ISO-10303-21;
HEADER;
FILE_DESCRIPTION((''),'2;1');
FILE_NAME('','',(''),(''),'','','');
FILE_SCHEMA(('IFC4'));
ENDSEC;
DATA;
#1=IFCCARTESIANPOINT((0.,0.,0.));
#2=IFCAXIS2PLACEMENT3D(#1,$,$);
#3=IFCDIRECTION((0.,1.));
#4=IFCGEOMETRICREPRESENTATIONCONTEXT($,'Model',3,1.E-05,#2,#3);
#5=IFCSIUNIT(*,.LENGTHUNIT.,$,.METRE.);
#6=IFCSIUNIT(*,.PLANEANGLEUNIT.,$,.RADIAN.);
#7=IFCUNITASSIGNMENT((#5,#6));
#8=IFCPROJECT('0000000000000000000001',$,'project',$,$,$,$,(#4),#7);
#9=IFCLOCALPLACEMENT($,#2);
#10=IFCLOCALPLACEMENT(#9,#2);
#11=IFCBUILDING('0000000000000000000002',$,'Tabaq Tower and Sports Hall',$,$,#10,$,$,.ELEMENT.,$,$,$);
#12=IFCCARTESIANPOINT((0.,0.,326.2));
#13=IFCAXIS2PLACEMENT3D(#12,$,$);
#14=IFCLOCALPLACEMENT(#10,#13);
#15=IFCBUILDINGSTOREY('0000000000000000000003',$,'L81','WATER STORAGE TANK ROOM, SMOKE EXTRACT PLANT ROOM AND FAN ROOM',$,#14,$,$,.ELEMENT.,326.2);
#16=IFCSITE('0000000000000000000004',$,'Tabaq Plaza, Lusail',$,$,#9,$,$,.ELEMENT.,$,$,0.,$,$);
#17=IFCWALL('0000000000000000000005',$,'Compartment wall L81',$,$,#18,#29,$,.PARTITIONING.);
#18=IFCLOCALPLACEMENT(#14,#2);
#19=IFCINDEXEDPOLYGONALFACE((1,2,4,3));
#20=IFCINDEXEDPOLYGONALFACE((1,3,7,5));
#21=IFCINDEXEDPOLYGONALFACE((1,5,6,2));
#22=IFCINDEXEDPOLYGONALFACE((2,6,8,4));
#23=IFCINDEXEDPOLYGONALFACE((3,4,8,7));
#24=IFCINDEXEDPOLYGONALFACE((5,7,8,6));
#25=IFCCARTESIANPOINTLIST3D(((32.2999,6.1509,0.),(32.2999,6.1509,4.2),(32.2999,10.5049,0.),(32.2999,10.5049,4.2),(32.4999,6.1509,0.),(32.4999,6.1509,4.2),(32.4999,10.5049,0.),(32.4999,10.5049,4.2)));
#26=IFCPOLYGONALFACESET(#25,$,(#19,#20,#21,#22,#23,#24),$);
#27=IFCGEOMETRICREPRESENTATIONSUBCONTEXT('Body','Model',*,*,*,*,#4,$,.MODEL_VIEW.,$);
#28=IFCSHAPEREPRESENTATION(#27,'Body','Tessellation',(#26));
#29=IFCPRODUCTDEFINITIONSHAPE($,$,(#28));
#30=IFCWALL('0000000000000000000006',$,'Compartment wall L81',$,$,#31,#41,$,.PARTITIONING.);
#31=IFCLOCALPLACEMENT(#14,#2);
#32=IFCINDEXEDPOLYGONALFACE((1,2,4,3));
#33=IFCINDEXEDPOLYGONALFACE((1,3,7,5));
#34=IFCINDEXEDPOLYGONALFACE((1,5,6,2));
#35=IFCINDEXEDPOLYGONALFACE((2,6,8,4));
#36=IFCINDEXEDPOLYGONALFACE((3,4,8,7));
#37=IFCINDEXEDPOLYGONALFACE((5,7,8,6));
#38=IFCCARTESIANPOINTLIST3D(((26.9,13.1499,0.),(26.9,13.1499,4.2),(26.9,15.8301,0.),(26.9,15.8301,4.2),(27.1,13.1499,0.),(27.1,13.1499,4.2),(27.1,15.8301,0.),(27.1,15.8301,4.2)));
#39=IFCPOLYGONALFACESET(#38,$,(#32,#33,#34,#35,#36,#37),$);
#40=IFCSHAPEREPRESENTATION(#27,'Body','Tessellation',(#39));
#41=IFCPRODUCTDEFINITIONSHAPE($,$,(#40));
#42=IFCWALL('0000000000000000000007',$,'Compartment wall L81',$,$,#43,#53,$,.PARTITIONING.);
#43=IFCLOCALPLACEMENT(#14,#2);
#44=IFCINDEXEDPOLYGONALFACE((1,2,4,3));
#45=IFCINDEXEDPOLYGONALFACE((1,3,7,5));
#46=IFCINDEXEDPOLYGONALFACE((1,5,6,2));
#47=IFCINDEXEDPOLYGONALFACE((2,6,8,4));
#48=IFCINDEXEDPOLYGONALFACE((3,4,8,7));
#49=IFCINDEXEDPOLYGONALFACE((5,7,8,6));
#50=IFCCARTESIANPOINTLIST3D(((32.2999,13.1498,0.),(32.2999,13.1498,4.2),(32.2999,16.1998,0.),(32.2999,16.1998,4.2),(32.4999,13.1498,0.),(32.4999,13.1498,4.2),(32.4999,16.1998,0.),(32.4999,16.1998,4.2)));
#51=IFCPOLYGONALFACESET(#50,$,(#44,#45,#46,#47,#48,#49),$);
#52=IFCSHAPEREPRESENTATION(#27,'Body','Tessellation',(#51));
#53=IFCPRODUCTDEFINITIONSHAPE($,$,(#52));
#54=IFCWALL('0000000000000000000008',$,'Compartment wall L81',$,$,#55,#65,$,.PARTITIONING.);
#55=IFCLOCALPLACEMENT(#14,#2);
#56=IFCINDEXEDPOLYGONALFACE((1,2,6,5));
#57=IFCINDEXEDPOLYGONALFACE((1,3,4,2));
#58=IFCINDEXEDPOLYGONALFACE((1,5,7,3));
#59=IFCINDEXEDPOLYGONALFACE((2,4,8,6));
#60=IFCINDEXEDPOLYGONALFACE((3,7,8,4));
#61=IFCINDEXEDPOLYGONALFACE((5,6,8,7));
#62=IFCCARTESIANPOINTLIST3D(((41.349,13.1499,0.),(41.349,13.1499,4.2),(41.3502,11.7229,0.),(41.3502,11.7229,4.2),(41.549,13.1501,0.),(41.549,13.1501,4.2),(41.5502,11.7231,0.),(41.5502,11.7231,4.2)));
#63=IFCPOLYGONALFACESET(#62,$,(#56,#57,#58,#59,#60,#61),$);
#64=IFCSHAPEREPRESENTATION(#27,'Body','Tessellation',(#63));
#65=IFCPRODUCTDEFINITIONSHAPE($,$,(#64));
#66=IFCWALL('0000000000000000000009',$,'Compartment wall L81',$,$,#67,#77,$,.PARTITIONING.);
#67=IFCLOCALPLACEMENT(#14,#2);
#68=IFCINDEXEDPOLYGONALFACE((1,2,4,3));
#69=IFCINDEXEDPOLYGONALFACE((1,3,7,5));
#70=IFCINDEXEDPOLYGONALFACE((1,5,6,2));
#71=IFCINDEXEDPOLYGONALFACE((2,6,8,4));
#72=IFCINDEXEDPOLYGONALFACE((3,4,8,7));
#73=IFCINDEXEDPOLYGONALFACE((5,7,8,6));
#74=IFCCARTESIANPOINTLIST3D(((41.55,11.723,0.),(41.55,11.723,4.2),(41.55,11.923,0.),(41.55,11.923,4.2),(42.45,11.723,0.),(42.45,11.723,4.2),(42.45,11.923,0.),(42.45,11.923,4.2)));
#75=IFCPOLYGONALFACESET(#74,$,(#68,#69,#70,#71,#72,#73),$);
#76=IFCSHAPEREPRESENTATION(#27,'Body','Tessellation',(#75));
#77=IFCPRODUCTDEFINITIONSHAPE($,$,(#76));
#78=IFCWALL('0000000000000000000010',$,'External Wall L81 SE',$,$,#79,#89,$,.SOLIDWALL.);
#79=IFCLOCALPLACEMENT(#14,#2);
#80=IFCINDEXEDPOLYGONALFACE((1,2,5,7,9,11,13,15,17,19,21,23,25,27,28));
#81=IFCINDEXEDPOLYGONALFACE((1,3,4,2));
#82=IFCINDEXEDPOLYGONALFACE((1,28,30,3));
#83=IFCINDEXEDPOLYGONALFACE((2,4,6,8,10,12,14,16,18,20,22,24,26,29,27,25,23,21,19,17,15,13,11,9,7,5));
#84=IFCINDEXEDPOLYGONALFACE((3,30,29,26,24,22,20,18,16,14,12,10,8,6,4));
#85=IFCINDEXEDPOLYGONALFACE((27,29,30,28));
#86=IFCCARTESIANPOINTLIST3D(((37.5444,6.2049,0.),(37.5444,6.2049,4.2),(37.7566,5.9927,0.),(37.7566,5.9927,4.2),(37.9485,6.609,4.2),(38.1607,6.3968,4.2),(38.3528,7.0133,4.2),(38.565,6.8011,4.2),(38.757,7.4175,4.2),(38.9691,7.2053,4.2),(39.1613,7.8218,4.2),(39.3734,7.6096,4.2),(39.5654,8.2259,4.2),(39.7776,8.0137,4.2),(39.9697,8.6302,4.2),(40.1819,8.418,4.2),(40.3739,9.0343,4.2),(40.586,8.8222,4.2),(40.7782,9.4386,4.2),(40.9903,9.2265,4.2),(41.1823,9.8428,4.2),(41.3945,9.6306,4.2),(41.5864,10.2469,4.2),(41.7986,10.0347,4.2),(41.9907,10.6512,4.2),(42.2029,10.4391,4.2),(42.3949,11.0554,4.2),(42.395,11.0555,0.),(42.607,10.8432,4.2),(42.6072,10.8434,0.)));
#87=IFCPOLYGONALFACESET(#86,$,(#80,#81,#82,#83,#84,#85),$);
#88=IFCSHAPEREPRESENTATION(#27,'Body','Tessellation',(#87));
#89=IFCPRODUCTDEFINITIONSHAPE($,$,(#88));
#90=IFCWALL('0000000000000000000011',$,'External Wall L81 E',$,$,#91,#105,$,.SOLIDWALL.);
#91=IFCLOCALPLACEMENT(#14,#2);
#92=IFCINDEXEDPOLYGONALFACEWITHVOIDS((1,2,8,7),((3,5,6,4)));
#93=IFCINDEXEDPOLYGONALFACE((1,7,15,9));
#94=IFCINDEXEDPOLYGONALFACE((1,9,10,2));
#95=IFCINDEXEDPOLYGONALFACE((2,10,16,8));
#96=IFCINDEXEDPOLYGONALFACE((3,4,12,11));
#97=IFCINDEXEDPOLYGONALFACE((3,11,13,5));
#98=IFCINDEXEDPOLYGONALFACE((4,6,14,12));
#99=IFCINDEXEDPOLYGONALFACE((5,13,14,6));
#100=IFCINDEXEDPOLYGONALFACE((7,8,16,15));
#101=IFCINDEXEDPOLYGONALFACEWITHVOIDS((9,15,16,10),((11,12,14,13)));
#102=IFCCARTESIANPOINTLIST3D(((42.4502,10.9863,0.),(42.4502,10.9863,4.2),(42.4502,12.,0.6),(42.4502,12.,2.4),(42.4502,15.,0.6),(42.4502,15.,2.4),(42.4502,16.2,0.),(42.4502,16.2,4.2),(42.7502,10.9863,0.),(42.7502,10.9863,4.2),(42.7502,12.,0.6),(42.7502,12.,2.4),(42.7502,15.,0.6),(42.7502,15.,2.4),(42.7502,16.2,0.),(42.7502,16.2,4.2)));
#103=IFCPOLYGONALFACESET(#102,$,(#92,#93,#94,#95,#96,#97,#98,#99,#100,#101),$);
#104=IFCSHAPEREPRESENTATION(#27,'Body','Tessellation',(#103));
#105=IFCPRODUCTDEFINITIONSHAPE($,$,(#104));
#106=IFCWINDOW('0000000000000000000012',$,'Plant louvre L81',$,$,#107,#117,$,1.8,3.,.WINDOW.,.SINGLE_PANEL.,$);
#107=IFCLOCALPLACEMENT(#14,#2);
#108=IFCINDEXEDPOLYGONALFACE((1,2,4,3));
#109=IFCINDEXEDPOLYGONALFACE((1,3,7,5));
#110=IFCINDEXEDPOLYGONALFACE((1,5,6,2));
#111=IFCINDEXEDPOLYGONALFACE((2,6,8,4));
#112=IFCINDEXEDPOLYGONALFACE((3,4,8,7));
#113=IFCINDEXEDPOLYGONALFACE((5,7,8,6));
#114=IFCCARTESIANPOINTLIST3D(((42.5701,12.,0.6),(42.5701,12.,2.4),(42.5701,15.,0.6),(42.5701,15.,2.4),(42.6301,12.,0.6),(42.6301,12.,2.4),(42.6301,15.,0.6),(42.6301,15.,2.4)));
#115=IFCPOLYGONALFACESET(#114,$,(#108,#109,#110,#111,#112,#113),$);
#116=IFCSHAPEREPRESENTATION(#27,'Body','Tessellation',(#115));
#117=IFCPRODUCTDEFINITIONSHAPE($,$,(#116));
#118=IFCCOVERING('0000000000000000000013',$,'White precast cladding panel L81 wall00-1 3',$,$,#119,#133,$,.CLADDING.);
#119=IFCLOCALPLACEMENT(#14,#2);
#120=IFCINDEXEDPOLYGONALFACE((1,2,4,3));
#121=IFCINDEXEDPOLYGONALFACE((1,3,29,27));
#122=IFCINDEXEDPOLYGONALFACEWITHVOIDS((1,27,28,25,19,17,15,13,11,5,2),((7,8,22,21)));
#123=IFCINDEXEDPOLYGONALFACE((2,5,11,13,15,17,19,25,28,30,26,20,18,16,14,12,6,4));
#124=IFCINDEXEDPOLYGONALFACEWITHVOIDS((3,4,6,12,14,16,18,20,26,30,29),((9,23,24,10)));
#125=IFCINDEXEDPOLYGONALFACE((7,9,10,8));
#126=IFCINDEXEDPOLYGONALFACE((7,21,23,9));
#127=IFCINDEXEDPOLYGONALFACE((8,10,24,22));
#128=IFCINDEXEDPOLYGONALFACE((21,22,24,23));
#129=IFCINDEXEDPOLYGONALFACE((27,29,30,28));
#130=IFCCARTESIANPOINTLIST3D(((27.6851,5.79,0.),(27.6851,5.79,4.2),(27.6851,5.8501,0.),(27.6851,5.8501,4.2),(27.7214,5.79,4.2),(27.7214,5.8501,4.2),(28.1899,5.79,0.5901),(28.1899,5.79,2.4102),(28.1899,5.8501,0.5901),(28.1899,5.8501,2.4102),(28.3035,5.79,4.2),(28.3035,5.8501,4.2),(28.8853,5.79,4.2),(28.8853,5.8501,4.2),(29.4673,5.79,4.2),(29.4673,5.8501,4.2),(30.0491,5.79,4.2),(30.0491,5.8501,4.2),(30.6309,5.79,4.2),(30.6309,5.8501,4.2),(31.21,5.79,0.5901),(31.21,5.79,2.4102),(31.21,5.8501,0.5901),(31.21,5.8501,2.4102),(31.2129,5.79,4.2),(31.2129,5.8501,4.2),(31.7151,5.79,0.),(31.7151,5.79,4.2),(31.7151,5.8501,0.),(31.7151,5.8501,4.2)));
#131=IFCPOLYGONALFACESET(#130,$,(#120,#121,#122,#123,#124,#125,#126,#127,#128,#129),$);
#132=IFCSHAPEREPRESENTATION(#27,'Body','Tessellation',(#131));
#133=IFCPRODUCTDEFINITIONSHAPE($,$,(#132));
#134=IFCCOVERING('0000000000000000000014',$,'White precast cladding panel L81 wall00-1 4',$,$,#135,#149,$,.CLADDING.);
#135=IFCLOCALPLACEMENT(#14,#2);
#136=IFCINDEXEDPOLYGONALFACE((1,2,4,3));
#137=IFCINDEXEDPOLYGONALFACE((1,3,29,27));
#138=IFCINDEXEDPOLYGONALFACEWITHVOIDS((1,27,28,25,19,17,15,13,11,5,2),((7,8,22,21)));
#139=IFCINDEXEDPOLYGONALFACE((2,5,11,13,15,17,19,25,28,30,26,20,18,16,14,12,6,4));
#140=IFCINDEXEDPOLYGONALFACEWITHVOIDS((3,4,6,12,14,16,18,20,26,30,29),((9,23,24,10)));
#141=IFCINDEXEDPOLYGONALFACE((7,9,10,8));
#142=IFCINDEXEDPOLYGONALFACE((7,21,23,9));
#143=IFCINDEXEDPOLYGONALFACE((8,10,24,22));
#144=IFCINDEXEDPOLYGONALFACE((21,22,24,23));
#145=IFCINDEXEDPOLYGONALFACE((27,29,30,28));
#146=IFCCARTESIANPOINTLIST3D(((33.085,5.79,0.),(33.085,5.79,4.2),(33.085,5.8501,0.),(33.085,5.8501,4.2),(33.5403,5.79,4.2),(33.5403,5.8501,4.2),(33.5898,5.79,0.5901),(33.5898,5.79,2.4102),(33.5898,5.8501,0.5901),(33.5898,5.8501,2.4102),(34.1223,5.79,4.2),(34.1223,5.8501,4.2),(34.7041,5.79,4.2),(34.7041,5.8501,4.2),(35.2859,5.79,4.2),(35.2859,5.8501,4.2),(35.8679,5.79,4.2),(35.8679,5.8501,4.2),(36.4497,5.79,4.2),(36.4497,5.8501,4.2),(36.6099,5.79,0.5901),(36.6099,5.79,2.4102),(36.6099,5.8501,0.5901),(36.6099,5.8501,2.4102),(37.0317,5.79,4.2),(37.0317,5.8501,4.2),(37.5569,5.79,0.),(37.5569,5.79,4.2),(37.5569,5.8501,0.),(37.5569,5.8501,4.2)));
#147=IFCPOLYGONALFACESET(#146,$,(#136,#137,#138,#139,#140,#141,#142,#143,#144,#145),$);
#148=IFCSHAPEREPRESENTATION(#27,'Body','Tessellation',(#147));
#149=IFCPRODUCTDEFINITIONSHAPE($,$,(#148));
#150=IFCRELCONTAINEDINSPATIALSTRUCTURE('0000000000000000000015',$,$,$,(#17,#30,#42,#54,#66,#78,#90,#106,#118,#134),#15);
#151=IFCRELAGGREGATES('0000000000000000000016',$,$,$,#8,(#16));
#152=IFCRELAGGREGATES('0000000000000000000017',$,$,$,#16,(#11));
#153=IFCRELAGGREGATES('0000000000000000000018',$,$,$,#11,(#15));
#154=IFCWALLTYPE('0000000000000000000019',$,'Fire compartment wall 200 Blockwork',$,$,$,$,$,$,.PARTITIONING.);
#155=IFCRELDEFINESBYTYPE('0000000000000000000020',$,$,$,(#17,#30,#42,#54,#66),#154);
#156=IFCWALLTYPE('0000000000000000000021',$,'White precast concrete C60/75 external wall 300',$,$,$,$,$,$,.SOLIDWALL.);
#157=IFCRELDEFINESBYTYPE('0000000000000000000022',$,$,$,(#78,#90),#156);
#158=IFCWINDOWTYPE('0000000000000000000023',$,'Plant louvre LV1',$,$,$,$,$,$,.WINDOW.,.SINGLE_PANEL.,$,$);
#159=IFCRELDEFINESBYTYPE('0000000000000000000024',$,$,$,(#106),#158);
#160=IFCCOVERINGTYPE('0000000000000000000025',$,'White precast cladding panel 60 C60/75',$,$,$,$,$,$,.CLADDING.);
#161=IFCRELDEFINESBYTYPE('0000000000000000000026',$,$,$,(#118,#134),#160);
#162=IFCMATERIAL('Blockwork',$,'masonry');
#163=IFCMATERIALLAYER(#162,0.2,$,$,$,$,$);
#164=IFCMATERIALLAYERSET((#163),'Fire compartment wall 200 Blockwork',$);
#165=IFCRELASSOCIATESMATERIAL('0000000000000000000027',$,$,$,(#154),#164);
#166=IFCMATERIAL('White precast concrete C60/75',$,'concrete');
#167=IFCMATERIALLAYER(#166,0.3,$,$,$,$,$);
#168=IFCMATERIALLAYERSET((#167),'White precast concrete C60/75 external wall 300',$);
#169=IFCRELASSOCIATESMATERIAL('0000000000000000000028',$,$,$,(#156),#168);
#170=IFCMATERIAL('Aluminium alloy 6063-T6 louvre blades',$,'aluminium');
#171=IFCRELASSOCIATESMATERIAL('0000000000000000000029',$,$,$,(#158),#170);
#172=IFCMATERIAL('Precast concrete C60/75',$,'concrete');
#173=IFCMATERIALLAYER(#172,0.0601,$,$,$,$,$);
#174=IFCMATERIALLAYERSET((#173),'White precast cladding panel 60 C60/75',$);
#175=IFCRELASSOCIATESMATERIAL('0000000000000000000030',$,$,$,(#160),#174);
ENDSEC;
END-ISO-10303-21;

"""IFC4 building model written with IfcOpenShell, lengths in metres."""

from ifc_helpers import new_model, si_unit, direction, frame, frame_2d, origin, place, context, subcontext, project, spatial, polyline, rectangle, outline, extrude, material, layer, layer_set, type_object, element, fill, save


model = new_model("IFC4")

# Units and contexts
model_context = context("Model", 3, precision=1e-05, world=origin(), true_north=direction((0.0, 1.0)))
body_context = subcontext(model_context, "Body", "Model", "MODEL_VIEW")
ifc_project = project(units=[si_unit("LENGTHUNIT", "METRE"), si_unit("PLANEANGLEUNIT", "RADIAN")], contexts=[model_context])

# Site, building, storey
site_placement = place(None, origin())
site = spatial("IfcSite", under=ifc_project, at=site_placement, Name="Tabaq Plaza, Lusail", CompositionType="ELEMENT", RefElevation=0.0)
building_placement = place(site_placement, origin())
building = spatial("IfcBuilding", under=site, at=building_placement, Name="Tabaq Tower and Sports Hall", CompositionType="ELEMENT")
storey_placement = place(building_placement, frame((0.0, 0.0, 326.2)))
storey = spatial("IfcBuildingStorey", under=building, at=storey_placement, Name="L81", Description="WATER STORAGE TANK ROOM, SMOKE EXTRACT PLANT ROOM AND FAN ROOM", CompositionType="ELEMENT", Elevation=326.2)

# Wall
ifc_material_1 = material(Name="Blockwork", Category="masonry")
ifc_layer_1 = layer(ifc_material_1, 0.2)
ifc_layer_set_1 = layer_set([ifc_layer_1], Name="Fire compartment wall 200 Blockwork")
wall_type_1 = type_object("IfcWallType", Name="Fire compartment wall 200 Blockwork", PredefinedType="PARTITIONING", material=ifc_layer_set_1)
wall_1_placement = place(storey_placement, frame((32.3999, 10.5049, 0.0), z_axis=(0.0, 0.0, 1.0), x_axis=(0.0, -1.0, 0.0)))
element("IfcWall", 1, at=wall_1_placement, inside=storey, type_object=wall_type_1, Name="Compartment wall L81", PredefinedType="PARTITIONING", context=body_context, shape_type="SweptSolid", body=[
    extrude(rectangle(XDim=4.354, YDim=0.2, at=frame_2d((2.177, 0.0))), origin(), (0.0, 0.0, 1.0), 4.2),
])

# Walls
wall_2_placement = place(storey_placement, frame((27.0, 15.8301, 0.0), z_axis=(0.0, 0.0, 1.0), x_axis=(0.0, -1.0, 0.0)))
element("IfcWall", 2, at=wall_2_placement, inside=storey, type_object=wall_type_1, Name="Compartment wall L81", PredefinedType="PARTITIONING", context=body_context, shape_type="SweptSolid", body=[
    extrude(rectangle(XDim=2.6802, YDim=0.2, at=frame_2d((1.3401, 0.0))), origin(), (0.0, 0.0, 1.0), 4.2),
])
wall_3_placement = place(storey_placement, frame((32.3999, 13.1499, 0.0), z_axis=(0.0, 0.0, 1.0), x_axis=(0.0, 1.0, 0.0)))
element("IfcWall", 3, at=wall_3_placement, inside=storey, type_object=wall_type_1, Name="Compartment wall L81", PredefinedType="PARTITIONING", context=body_context, shape_type="SweptSolid", body=[
    extrude(rectangle(XDim=3.05, YDim=0.2, at=frame_2d((1.5249, 0.0))), origin(), (0.0, 0.0, 1.0), 4.2),
])
wall_4_placement = place(storey_placement, frame((41.449, 13.1499, 0.0), z_axis=(0.0, 0.0, 1.0), x_axis=(0.000855, -1.0, 0.0)))
element("IfcWall", 4, at=wall_4_placement, inside=storey, type_object=wall_type_1, Name="Compartment wall L81", PredefinedType="PARTITIONING", context=body_context, shape_type="SweptSolid", body=[
    extrude(rectangle(XDim=1.427, YDim=0.2, at=frame_2d((0.7134, 0.0))), origin(), (0.0, 0.0, 1.0), 4.2),
])
wall_5_placement = place(storey_placement, frame((41.55, 11.823, 0.0), z_axis=(0.0, 0.0, 1.0), x_axis=(1.0, 0.0, 0.0)))
element("IfcWall", 5, at=wall_5_placement, inside=storey, type_object=wall_type_1, Name="Compartment wall L81", PredefinedType="PARTITIONING", context=body_context, shape_type="SweptSolid", body=[
    extrude(rectangle(XDim=0.8999, YDim=0.2, at=frame_2d((0.45, 0.0))), origin(), (0.0, 0.0, 1.0), 4.2),
])
ifc_material_2 = material(Name="White precast concrete C60/75", Category="concrete")
ifc_layer_2 = layer(ifc_material_2, 0.3)
ifc_layer_set_2 = layer_set([ifc_layer_2], Name="White precast concrete C60/75 external wall 300")
wall_type_2 = type_object("IfcWallType", Name="White precast concrete C60/75 external wall 300", PredefinedType="SOLIDWALL", material=ifc_layer_set_2)
wall_6_placement = place(storey_placement, frame((37.6504, 6.0989, 0.0), z_axis=(0.0, 0.0, 1.0), x_axis=(0.707107, 0.707107, 0.0)))
element("IfcWall", 6, at=wall_6_placement, inside=storey, type_object=wall_type_2, Name="External Wall L81 SE", PredefinedType="SOLIDWALL", context=body_context, shape_type="SweptSolid", body=[
    extrude(outline(polyline([(0.0, 0.0), (6.8599, 0.0), (6.8596, 4.2), (6.2881, 4.2), (5.7163, 4.2), (5.1448, 4.2), (4.5732, 4.2), (4.0015, 4.2), (3.4299, 4.2), (2.8582, 4.2), (2.2866, 4.2), (1.7148, 4.2), (1.1433, 4.2), (0.5715, 4.2), (0.0, 4.2), (0.0, 0.0)])), frame((0.0, 0.1499, 0.0), z_axis=(0.0, -1.0, 0.0), x_axis=(1.0, 0.0, 0.0)), (0.0, 0.0, 1.0), 0.3),
])

# Wall, opening, window
wall_7_placement = place(storey_placement, frame((42.6001, 10.9863, 0.0), z_axis=(0.0, 0.0, 1.0), x_axis=(0.0, 1.0, 0.0)))
wall_7 = element("IfcWall", 7, at=wall_7_placement, inside=storey, type_object=wall_type_2, Name="External Wall L81 E", PredefinedType="SOLIDWALL", context=body_context, shape_type="SweptSolid", body=[
    extrude(outline(polyline([(0.0, 0.0), (5.2136, 0.0), (5.2136, 4.2), (4.6343, 4.2), (4.0549, 4.2), (3.4758, 4.2), (2.8965, 4.2), (2.3171, 4.2), (1.7378, 4.2), (1.1587, 4.2), (0.5793, 4.2), (0.0, 4.2), (0.0, 0.0)])), frame((0.0, 0.1499, 0.0), z_axis=(0.0, -1.0, 0.0), x_axis=(1.0, 0.0, 0.0)), (0.0, 0.0, 1.0), 0.3),
])
opening_1_placement = place(wall_7_placement, frame((1.0137, 0.0, 0.6001)))
opening_1 = element("IfcOpeningElement", 8, at=opening_1_placement, cuts=wall_7, PredefinedType="OPENING", context=body_context, shape_type="SweptSolid", body=[
    extrude(rectangle(XDim=3.0, YDim=1.8, at=frame_2d((1.5, 0.8999))), frame((0.0, 0.1602, 0.0), z_axis=(0.0, -1.0, 0.0), x_axis=(1.0, 0.0, 0.0)), (0.0, 0.0, 1.0), 0.3201),
])
ifc_material_3 = material(Name="Aluminium alloy 6063-T6 louvre blades", Category="aluminium")
window_type = type_object("IfcWindowType", Name="Plant louvre LV1", PartitioningType="SINGLE_PANEL", PredefinedType="WINDOW", material=ifc_material_3)
window_placement = place(opening_1_placement, origin())
window = element("IfcWindow", 9, at=window_placement, inside=storey, type_object=window_type, Name="Plant louvre L81", OverallHeight=1.8, OverallWidth=3.0, PartitioningType="SINGLE_PANEL", PredefinedType="WINDOW", context=body_context, shape_type="SweptSolid", body=[
    extrude(rectangle(XDim=3.0, YDim=1.8, at=frame_2d((1.5, 0.8999))), frame((0.0, 0.03, 0.0), z_axis=(0.0, -1.0, 0.0), x_axis=(1.0, 0.0, 0.0)), (0.0, 0.0, 1.0), 0.0601),
])
fill(opening_1, window)

# Coverings
ifc_material_4 = material(Name="Precast concrete C60/75", Category="concrete")
ifc_layer_3 = layer(ifc_material_4, 0.0601)
ifc_layer_set_3 = layer_set([ifc_layer_3], Name="White precast cladding panel 60 C60/75")
covering_type = type_object("IfcCoveringType", Name="White precast cladding panel 60 C60/75", PredefinedType="CLADDING", material=ifc_layer_set_3)
covering_1_placement = place(storey_placement, frame((27.6851, 5.8201, 0.0), z_axis=(0.0, 0.0, 1.0), x_axis=(1.0, 0.0, 0.0)))
element("IfcCovering", 10, at=covering_1_placement, inside=storey, type_object=covering_type, Name="White precast cladding panel L81 wall00-1 3", PredefinedType="CLADDING", context=body_context, shape_type="SweptSolid", body=[
    extrude(outline(polyline([(0.0, 0.0), (4.03, 0.0), (4.03, 4.2), (3.5278, 4.2), (2.9458, 4.2), (2.364, 4.2), (1.7822, 4.2), (1.2002, 4.2), (0.6184, 4.2), (0.0364, 4.2), (0.0, 4.2), (0.0, 0.0)]), holes=[polyline([(0.5049, 0.5901), (0.5049, 2.4102), (3.5249, 2.4102), (3.5249, 0.5901), (0.5049, 0.5901)])]), frame((0.0, 0.03, 0.0), z_axis=(0.0, -1.0, 0.0), x_axis=(1.0, 0.0, 0.0)), (0.0, 0.0, 1.0), 0.0601),
])
covering_2_placement = place(storey_placement, frame((33.085, 5.8201, 0.0), z_axis=(0.0, 0.0, 1.0), x_axis=(1.0, 0.0, 0.0)))
element("IfcCovering", 11, at=covering_2_placement, inside=storey, type_object=covering_type, Name="White precast cladding panel L81 wall00-1 4", PredefinedType="CLADDING", context=body_context, shape_type="SweptSolid", body=[
    extrude(outline(polyline([(0.0, 0.0), (4.4719, 0.0), (4.4719, 4.2), (3.9468, 4.2), (3.3647, 4.2), (2.783, 4.2), (2.2009, 4.2), (1.6191, 4.2), (1.0374, 4.2), (0.4553, 4.2), (0.0, 4.2), (0.0, 0.0)]), holes=[polyline([(0.5049, 0.5901), (0.5049, 2.4102), (3.5249, 2.4102), (3.5249, 0.5901), (0.5049, 0.5901)])]), frame((0.0, 0.03, 0.0), z_axis=(0.0, -1.0, 0.0), x_axis=(1.0, 0.0, 0.0)), (0.0, 0.0, 1.0), 0.0601),
])

save(model, "model.ifc")
